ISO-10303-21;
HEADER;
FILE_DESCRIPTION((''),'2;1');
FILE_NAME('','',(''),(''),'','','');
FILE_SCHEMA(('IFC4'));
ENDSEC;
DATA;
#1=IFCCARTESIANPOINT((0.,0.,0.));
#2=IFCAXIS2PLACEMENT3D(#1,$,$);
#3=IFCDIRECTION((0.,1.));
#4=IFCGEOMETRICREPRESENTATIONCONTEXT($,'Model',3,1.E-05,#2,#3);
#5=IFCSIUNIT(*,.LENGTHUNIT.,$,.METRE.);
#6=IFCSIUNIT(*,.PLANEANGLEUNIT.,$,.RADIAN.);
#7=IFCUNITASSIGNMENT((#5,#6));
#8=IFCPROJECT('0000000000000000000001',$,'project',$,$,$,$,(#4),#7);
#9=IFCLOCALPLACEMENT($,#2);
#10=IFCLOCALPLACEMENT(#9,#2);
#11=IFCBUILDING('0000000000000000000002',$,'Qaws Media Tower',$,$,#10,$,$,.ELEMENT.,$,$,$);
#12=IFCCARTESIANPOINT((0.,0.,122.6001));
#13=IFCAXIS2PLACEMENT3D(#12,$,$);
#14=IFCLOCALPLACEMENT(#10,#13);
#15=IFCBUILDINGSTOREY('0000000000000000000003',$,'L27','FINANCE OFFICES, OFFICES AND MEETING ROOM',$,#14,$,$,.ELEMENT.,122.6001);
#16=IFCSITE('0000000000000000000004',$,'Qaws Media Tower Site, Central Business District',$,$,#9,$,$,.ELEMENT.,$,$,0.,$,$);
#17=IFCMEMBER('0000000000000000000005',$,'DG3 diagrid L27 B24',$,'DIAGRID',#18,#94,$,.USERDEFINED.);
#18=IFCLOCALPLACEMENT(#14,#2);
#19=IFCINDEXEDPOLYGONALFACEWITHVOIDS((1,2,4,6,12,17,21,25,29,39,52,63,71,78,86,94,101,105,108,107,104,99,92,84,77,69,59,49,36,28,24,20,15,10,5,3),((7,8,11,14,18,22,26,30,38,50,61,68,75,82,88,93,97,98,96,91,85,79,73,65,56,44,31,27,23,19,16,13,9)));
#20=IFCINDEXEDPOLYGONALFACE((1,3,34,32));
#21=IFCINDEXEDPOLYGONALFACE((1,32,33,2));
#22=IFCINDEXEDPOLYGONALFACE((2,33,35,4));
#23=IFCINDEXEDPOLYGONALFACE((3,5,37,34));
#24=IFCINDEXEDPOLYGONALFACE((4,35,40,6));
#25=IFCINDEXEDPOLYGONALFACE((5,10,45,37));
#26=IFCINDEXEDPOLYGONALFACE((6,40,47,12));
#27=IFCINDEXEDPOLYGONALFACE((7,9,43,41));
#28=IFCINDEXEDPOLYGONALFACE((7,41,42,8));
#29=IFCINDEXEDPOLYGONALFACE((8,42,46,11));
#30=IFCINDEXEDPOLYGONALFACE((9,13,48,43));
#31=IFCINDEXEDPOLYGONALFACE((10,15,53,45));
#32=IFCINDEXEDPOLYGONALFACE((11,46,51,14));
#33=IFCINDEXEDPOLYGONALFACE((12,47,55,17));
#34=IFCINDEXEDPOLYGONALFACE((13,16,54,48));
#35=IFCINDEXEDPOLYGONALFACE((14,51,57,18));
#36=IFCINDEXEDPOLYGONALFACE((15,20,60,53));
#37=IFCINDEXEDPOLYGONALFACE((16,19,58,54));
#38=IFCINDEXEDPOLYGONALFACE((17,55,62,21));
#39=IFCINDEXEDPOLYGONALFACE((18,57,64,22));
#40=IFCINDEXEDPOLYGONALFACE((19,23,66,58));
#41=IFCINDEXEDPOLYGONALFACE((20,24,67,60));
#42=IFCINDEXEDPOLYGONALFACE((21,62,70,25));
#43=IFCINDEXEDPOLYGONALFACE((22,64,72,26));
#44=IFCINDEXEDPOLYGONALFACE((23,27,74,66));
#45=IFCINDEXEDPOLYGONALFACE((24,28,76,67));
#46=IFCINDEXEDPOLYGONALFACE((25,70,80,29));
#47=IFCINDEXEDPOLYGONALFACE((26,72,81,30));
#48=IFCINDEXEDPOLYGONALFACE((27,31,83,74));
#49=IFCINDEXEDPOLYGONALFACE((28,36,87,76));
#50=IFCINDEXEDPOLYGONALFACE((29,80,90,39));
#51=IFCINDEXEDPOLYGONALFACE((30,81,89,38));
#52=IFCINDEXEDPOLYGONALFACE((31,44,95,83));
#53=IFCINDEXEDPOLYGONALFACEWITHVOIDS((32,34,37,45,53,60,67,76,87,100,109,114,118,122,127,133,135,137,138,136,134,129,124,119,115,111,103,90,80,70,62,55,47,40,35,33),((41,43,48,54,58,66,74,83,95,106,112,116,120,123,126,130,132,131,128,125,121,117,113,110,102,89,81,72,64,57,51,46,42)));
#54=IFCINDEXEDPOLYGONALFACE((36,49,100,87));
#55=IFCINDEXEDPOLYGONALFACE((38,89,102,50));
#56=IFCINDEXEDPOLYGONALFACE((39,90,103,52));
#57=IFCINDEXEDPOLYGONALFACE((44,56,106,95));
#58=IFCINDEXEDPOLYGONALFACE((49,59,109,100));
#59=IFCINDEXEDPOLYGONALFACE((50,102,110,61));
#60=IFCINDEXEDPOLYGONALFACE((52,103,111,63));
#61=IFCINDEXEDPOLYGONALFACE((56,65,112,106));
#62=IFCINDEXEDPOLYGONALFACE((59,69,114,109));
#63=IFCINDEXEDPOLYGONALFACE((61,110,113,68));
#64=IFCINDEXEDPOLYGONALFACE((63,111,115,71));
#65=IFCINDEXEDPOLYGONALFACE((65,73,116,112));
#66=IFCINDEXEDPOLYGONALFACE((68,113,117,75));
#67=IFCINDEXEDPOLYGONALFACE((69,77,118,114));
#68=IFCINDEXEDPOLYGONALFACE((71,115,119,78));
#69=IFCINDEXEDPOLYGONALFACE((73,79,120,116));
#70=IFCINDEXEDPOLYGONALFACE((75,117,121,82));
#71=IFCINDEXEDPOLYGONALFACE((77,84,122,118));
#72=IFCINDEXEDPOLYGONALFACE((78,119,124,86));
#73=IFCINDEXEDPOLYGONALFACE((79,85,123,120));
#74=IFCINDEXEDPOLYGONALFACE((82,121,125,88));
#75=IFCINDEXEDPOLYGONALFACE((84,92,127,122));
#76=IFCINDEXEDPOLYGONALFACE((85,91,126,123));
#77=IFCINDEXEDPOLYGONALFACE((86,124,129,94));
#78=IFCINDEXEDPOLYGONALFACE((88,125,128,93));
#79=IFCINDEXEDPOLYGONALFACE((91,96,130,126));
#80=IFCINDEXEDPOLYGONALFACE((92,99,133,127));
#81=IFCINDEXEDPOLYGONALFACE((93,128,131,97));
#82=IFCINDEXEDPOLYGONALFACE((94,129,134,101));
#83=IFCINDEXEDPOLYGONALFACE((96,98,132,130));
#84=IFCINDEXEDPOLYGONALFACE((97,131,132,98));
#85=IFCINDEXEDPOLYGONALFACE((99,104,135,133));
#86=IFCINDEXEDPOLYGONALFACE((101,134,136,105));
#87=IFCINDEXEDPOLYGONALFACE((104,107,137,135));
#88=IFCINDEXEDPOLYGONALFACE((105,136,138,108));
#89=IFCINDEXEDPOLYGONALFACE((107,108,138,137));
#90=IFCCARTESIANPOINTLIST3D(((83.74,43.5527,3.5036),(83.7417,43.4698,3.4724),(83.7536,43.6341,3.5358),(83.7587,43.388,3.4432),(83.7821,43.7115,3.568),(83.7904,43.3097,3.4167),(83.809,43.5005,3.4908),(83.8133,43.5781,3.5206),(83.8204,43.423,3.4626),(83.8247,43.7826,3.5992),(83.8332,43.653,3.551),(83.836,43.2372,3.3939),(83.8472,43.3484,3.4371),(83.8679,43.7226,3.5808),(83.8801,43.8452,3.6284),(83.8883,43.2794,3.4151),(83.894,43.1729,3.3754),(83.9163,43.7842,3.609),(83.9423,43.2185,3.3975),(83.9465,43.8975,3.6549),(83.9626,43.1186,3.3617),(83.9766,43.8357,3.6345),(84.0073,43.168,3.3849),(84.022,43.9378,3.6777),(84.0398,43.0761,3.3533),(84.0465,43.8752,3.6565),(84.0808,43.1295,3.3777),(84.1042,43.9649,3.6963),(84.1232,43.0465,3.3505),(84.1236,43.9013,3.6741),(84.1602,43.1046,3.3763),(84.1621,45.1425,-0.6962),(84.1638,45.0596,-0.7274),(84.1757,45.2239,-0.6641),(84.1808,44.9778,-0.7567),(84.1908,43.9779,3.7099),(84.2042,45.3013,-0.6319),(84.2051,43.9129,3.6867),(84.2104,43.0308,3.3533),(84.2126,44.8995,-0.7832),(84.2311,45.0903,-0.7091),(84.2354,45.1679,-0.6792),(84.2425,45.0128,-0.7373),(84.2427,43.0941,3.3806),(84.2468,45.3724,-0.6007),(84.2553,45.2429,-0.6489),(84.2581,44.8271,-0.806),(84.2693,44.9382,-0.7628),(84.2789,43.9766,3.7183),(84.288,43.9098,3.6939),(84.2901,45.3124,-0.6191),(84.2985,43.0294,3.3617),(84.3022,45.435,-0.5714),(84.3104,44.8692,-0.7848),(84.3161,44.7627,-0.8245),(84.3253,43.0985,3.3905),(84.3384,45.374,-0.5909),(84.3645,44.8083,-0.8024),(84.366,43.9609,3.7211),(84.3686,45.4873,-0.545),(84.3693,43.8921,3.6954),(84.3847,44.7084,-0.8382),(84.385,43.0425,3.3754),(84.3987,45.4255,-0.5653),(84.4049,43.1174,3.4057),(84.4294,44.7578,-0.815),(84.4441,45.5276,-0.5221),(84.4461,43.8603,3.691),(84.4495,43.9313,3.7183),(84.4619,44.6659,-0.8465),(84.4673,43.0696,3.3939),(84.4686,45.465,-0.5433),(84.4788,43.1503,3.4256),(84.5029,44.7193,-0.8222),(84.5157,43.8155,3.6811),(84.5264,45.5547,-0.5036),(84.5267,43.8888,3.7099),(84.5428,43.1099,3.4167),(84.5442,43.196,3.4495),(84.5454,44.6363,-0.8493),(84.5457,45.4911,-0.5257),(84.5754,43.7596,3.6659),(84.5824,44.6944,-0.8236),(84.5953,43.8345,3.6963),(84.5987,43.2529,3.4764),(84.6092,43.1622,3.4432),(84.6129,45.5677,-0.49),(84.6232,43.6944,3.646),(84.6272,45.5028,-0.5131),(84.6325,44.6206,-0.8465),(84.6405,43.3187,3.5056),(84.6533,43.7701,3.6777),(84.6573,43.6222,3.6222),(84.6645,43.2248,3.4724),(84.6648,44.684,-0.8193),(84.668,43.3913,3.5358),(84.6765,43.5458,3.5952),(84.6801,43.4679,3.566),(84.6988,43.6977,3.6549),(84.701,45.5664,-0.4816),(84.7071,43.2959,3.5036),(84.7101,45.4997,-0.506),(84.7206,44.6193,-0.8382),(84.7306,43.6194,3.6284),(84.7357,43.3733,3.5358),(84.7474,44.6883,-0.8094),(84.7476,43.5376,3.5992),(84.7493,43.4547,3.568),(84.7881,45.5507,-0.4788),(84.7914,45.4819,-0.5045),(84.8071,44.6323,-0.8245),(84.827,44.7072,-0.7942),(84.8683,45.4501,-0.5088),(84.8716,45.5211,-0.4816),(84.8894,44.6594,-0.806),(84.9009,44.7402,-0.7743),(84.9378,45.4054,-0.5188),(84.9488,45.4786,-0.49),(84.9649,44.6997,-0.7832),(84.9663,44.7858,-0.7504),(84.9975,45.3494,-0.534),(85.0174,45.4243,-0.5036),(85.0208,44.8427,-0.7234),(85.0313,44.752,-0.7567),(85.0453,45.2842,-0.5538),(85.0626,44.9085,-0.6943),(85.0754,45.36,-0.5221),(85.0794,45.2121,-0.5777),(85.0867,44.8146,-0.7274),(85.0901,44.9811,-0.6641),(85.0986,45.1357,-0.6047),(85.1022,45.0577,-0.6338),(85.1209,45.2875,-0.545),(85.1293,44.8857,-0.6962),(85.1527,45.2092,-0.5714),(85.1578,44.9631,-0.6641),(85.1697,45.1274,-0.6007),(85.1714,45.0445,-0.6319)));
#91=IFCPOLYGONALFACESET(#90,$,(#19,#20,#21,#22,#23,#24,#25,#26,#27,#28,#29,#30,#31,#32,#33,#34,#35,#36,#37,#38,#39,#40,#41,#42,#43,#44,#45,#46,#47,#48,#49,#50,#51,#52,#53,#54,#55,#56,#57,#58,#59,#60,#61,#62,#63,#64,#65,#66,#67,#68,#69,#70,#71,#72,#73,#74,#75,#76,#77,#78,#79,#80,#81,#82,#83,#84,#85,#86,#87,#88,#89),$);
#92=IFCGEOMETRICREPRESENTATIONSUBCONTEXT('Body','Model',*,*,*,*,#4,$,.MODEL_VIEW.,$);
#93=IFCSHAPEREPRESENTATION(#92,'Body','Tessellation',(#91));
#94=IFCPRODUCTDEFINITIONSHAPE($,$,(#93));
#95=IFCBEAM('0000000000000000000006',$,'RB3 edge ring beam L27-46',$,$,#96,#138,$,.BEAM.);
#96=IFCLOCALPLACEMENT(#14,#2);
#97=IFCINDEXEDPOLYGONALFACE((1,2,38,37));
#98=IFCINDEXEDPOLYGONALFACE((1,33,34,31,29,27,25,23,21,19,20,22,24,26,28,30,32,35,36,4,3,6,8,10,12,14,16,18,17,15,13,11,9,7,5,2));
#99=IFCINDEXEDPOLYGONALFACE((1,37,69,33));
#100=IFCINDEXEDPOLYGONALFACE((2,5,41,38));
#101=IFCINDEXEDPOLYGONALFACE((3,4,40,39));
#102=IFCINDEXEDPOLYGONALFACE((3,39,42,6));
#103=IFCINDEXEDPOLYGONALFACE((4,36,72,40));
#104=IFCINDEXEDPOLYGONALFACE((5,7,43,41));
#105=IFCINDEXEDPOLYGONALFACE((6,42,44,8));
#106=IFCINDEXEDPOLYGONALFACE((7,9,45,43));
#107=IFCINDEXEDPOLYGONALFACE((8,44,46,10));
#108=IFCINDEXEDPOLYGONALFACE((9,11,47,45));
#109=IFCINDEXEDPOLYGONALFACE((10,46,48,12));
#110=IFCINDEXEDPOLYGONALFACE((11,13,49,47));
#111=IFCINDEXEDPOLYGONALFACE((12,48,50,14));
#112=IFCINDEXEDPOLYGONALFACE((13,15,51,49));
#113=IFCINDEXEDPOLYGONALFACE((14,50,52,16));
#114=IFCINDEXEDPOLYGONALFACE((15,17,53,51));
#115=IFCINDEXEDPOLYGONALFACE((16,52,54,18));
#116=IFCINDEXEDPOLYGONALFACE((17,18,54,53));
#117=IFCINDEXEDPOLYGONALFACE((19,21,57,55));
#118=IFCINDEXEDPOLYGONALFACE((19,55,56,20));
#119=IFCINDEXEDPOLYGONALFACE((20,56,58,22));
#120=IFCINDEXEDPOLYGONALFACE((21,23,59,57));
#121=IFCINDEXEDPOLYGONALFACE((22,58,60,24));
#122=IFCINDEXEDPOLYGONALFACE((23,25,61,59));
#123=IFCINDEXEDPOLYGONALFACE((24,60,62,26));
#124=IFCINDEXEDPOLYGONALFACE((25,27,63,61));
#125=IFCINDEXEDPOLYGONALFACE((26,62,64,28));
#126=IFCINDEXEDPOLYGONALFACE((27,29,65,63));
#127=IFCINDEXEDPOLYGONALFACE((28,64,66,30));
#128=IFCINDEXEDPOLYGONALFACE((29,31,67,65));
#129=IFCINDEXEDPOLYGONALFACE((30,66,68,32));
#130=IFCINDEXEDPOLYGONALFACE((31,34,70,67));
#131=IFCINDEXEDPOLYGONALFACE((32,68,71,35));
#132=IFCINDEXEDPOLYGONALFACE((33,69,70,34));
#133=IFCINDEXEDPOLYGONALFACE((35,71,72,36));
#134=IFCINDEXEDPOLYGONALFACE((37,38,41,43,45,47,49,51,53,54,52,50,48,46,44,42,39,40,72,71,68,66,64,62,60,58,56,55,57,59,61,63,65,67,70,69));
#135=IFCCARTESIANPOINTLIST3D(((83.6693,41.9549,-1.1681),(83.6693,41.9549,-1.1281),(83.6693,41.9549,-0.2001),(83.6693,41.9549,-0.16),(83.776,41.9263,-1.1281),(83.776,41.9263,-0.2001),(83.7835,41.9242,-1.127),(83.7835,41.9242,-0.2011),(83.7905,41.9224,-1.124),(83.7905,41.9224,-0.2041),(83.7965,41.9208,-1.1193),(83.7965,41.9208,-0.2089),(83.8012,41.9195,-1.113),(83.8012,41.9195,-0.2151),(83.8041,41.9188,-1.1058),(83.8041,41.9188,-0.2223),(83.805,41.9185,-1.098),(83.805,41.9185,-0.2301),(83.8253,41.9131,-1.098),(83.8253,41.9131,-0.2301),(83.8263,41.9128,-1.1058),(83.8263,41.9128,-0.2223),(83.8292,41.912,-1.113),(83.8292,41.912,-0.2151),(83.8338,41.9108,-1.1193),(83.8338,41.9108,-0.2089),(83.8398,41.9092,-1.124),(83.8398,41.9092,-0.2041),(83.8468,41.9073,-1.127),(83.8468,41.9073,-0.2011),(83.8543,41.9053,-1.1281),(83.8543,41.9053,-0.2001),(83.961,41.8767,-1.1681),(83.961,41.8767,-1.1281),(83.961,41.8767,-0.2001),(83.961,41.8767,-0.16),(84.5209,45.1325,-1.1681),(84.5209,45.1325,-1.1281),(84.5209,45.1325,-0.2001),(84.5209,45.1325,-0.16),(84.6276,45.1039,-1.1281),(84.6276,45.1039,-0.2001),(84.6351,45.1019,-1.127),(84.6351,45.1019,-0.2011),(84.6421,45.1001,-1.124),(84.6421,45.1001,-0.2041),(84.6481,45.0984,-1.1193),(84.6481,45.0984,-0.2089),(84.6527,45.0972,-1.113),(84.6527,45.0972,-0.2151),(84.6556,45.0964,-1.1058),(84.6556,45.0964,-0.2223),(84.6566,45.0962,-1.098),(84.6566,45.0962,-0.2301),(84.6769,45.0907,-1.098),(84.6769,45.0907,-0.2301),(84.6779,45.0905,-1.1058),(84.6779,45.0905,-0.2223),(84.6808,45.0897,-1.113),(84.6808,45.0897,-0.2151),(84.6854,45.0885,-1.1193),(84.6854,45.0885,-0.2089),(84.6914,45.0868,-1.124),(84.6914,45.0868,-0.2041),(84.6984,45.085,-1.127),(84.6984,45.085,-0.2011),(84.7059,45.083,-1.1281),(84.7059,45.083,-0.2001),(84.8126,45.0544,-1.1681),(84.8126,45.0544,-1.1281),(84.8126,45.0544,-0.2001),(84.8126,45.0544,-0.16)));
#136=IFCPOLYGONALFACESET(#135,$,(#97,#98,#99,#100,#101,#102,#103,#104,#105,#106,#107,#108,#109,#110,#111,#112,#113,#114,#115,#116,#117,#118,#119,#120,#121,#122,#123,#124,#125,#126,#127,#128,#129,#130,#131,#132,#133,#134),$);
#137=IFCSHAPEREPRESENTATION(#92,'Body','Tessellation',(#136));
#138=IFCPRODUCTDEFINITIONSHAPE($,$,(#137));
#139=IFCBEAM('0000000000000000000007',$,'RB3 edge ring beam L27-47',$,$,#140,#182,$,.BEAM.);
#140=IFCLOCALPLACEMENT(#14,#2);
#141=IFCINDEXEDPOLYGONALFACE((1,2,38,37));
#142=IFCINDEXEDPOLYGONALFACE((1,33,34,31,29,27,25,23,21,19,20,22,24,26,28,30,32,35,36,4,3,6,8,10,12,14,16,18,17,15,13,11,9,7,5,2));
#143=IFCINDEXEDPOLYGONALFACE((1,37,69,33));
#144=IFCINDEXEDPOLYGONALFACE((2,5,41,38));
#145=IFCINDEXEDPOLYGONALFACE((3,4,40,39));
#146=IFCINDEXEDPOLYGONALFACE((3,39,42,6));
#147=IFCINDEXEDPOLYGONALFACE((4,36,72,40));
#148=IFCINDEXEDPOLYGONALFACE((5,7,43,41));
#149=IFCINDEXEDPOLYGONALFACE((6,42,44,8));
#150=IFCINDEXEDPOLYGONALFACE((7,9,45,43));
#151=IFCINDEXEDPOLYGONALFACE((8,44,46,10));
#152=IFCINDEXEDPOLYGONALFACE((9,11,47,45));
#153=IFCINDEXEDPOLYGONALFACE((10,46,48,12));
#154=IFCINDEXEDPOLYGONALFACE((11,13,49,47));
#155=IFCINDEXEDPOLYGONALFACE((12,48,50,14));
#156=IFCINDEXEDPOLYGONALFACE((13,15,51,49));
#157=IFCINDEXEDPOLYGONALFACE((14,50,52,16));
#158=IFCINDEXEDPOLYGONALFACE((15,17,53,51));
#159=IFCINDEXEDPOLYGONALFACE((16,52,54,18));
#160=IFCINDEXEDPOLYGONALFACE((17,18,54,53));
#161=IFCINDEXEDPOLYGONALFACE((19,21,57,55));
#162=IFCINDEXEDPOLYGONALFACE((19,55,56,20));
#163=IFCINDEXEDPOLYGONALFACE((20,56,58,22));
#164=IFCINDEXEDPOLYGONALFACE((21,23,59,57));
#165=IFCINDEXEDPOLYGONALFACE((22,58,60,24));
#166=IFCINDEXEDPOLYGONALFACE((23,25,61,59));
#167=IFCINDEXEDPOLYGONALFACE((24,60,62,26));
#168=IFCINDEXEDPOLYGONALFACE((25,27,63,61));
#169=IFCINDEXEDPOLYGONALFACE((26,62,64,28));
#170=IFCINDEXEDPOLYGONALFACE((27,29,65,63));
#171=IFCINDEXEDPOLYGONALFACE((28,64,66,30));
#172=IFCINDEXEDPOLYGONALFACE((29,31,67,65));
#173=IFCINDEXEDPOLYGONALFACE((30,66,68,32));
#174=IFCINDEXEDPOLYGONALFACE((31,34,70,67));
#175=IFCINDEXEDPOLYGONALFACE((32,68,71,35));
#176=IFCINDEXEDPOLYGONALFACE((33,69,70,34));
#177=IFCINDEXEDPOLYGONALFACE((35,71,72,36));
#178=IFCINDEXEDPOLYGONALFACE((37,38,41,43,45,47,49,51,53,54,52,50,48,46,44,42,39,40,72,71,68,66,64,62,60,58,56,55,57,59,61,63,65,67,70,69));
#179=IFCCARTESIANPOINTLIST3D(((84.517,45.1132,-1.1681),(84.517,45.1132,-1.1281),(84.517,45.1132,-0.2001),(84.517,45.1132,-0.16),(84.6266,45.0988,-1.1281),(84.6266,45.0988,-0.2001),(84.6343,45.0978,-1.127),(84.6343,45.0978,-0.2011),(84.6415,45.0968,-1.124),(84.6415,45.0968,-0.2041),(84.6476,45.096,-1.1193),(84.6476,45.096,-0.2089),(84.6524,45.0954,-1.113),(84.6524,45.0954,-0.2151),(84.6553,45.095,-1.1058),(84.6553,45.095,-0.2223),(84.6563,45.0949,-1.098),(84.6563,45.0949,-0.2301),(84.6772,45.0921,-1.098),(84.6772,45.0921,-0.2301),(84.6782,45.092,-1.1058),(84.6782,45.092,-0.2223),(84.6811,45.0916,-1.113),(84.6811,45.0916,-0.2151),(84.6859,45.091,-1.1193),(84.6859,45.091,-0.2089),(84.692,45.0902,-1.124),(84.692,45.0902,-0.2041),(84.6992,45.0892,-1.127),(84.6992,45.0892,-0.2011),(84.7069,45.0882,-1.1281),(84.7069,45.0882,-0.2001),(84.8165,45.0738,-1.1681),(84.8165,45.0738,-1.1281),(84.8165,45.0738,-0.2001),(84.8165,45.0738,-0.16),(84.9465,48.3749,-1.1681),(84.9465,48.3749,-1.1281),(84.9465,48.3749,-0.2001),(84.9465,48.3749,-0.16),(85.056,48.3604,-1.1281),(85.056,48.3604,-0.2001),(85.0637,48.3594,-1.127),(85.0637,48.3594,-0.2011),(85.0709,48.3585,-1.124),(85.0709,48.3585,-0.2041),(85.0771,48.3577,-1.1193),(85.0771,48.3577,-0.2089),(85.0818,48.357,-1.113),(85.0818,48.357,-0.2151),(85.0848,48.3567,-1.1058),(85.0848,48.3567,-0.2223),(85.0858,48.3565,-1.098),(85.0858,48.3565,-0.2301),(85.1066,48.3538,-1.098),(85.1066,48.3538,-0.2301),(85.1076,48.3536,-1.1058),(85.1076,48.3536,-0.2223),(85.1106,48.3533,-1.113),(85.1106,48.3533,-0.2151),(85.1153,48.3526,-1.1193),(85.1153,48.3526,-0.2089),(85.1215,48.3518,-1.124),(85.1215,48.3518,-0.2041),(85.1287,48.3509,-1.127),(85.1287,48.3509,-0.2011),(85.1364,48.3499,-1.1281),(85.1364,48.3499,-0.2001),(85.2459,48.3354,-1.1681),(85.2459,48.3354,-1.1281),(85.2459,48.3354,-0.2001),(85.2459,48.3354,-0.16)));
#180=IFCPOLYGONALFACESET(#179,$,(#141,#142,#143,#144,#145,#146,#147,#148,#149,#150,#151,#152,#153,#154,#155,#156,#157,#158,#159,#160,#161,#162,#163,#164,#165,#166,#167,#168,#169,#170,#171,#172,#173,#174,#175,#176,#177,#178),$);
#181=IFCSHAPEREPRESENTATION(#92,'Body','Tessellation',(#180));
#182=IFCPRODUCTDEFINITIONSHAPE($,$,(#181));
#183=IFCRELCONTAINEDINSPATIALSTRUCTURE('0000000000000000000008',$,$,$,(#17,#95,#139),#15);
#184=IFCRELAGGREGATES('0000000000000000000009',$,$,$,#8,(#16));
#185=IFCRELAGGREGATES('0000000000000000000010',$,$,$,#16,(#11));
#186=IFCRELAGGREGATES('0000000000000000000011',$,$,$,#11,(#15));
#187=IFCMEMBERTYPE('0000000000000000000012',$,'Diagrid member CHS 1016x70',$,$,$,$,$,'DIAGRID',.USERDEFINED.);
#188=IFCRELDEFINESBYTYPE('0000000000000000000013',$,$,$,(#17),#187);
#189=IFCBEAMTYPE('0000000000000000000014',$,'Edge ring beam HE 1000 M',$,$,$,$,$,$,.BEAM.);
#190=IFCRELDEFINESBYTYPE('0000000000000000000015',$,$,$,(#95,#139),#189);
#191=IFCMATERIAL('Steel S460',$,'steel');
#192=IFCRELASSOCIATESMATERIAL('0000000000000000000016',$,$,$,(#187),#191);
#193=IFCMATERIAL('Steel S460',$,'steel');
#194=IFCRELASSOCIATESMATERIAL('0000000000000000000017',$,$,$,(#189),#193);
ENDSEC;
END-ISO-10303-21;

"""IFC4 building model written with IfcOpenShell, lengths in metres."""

from ifc_helpers import new_model, si_unit, direction, frame, origin, origin_2d, place, context, subcontext, project, spatial, hollow_circle, i_section, extrude, material, material_profile, profile_set, type_object, element, save


model = new_model("IFC4")

# Units and contexts
model_context = context("Model", 3, precision=1e-05, world=origin(), true_north=direction((0.0, 1.0)))
body_context = subcontext(model_context, "Body", "Model", "MODEL_VIEW")
ifc_project = project(units=[si_unit("LENGTHUNIT", "METRE"), si_unit("PLANEANGLEUNIT", "RADIAN")], contexts=[model_context])

# Site, building, storey
site_placement = place(None, origin())
site = spatial("IfcSite", under=ifc_project, at=site_placement, Name="Qaws Media Tower Site, Central Business District", CompositionType="ELEMENT", RefElevation=0.0)
building_placement = place(site_placement, origin())
building = spatial("IfcBuilding", under=site, at=building_placement, Name="Qaws Media Tower", CompositionType="ELEMENT")
storey_placement = place(building_placement, frame((0.0, 0.0, 122.6001)))
storey = spatial("IfcBuildingStorey", under=building, at=storey_placement, Name="L27", Description="FINANCE OFFICES, OFFICES AND MEETING ROOM", CompositionType="ELEMENT", Elevation=122.6001)

# Member
ifc_material_1 = material(Name="Steel S460", Category="steel")
ifc_material_profile_1 = material_profile(ifc_material_1, hollow_circle(Radius=0.5081, WallThickness=0.0701, at=origin_2d()), Name="CHS 1016x70")
ifc_profile_set_1 = profile_set([ifc_material_profile_1], Name="Steel S460")
member_type_1 = type_object("IfcMemberType", Name="Diagrid member CHS 1016x70", ElementType="DIAGRID", PredefinedType="USERDEFINED", material=ifc_profile_set_1)
for number, where, z_axis, x_axis, name in (
    (1, (84.6667, 45.0935, -0.6641), (-0.093584, -0.35247, 0.931132), (0.966513, -0.256619, 0.0), "DG3 diagrid L27 B24"),
):
    element("IfcMember", number, at=place(storey_placement, frame(where, z_axis=z_axis, x_axis=x_axis)), inside=storey, type_object=member_type_1, Name=name, ObjectType="DIAGRID", PredefinedType="USERDEFINED", context=body_context, shape_type="SweptSolid", body=[
        extrude(hollow_circle(Radius=0.5081, WallThickness=0.0701, at=origin_2d()), origin(), (0.0, 0.0, 1.0), 4.5105),
    ])

# Beams
ifc_material_2 = material(Name="Steel S460", Category="steel")
ifc_material_profile_2 = material_profile(ifc_material_2, i_section(OverallWidth=0.302, OverallDepth=1.0081, WebThickness=0.021, FlangeThickness=0.04, FilletRadius=0.03, at=origin_2d()), Name="HE 1000 M")
ifc_profile_set_2 = profile_set([ifc_material_profile_2], Name="Steel S460")
beam_type_1 = type_object("IfcBeamType", Name="Edge ring beam HE 1000 M", PredefinedType="BEAM", material=ifc_profile_set_2)
for number, where, z_axis, x_axis, name in (
    (2, (83.8152, 41.9158, -0.6641), (0.258845, 0.965919, 0.0), (-0.965919, 0.258845, 0.0), "RB3 edge ring beam L27-46"),
    (3, (84.6667, 45.0935, -0.6641), (0.130535, 0.991444, 0.0), (-0.991444, 0.130535, 0.0), "RB3 edge ring beam L27-47"),
):
    element("IfcBeam", number, at=place(storey_placement, frame(where, z_axis=z_axis, x_axis=x_axis)), inside=storey, type_object=beam_type_1, Name=name, PredefinedType="BEAM", context=body_context, shape_type="SweptSolid", body=[
        extrude(i_section(OverallWidth=0.302, OverallDepth=1.0081, WebThickness=0.021, FlangeThickness=0.04, FilletRadius=0.03, at=origin_2d()), origin(), (0.0, 0.0, 1.0), 3.2898),
    ])

save(model, "model.ifc")
